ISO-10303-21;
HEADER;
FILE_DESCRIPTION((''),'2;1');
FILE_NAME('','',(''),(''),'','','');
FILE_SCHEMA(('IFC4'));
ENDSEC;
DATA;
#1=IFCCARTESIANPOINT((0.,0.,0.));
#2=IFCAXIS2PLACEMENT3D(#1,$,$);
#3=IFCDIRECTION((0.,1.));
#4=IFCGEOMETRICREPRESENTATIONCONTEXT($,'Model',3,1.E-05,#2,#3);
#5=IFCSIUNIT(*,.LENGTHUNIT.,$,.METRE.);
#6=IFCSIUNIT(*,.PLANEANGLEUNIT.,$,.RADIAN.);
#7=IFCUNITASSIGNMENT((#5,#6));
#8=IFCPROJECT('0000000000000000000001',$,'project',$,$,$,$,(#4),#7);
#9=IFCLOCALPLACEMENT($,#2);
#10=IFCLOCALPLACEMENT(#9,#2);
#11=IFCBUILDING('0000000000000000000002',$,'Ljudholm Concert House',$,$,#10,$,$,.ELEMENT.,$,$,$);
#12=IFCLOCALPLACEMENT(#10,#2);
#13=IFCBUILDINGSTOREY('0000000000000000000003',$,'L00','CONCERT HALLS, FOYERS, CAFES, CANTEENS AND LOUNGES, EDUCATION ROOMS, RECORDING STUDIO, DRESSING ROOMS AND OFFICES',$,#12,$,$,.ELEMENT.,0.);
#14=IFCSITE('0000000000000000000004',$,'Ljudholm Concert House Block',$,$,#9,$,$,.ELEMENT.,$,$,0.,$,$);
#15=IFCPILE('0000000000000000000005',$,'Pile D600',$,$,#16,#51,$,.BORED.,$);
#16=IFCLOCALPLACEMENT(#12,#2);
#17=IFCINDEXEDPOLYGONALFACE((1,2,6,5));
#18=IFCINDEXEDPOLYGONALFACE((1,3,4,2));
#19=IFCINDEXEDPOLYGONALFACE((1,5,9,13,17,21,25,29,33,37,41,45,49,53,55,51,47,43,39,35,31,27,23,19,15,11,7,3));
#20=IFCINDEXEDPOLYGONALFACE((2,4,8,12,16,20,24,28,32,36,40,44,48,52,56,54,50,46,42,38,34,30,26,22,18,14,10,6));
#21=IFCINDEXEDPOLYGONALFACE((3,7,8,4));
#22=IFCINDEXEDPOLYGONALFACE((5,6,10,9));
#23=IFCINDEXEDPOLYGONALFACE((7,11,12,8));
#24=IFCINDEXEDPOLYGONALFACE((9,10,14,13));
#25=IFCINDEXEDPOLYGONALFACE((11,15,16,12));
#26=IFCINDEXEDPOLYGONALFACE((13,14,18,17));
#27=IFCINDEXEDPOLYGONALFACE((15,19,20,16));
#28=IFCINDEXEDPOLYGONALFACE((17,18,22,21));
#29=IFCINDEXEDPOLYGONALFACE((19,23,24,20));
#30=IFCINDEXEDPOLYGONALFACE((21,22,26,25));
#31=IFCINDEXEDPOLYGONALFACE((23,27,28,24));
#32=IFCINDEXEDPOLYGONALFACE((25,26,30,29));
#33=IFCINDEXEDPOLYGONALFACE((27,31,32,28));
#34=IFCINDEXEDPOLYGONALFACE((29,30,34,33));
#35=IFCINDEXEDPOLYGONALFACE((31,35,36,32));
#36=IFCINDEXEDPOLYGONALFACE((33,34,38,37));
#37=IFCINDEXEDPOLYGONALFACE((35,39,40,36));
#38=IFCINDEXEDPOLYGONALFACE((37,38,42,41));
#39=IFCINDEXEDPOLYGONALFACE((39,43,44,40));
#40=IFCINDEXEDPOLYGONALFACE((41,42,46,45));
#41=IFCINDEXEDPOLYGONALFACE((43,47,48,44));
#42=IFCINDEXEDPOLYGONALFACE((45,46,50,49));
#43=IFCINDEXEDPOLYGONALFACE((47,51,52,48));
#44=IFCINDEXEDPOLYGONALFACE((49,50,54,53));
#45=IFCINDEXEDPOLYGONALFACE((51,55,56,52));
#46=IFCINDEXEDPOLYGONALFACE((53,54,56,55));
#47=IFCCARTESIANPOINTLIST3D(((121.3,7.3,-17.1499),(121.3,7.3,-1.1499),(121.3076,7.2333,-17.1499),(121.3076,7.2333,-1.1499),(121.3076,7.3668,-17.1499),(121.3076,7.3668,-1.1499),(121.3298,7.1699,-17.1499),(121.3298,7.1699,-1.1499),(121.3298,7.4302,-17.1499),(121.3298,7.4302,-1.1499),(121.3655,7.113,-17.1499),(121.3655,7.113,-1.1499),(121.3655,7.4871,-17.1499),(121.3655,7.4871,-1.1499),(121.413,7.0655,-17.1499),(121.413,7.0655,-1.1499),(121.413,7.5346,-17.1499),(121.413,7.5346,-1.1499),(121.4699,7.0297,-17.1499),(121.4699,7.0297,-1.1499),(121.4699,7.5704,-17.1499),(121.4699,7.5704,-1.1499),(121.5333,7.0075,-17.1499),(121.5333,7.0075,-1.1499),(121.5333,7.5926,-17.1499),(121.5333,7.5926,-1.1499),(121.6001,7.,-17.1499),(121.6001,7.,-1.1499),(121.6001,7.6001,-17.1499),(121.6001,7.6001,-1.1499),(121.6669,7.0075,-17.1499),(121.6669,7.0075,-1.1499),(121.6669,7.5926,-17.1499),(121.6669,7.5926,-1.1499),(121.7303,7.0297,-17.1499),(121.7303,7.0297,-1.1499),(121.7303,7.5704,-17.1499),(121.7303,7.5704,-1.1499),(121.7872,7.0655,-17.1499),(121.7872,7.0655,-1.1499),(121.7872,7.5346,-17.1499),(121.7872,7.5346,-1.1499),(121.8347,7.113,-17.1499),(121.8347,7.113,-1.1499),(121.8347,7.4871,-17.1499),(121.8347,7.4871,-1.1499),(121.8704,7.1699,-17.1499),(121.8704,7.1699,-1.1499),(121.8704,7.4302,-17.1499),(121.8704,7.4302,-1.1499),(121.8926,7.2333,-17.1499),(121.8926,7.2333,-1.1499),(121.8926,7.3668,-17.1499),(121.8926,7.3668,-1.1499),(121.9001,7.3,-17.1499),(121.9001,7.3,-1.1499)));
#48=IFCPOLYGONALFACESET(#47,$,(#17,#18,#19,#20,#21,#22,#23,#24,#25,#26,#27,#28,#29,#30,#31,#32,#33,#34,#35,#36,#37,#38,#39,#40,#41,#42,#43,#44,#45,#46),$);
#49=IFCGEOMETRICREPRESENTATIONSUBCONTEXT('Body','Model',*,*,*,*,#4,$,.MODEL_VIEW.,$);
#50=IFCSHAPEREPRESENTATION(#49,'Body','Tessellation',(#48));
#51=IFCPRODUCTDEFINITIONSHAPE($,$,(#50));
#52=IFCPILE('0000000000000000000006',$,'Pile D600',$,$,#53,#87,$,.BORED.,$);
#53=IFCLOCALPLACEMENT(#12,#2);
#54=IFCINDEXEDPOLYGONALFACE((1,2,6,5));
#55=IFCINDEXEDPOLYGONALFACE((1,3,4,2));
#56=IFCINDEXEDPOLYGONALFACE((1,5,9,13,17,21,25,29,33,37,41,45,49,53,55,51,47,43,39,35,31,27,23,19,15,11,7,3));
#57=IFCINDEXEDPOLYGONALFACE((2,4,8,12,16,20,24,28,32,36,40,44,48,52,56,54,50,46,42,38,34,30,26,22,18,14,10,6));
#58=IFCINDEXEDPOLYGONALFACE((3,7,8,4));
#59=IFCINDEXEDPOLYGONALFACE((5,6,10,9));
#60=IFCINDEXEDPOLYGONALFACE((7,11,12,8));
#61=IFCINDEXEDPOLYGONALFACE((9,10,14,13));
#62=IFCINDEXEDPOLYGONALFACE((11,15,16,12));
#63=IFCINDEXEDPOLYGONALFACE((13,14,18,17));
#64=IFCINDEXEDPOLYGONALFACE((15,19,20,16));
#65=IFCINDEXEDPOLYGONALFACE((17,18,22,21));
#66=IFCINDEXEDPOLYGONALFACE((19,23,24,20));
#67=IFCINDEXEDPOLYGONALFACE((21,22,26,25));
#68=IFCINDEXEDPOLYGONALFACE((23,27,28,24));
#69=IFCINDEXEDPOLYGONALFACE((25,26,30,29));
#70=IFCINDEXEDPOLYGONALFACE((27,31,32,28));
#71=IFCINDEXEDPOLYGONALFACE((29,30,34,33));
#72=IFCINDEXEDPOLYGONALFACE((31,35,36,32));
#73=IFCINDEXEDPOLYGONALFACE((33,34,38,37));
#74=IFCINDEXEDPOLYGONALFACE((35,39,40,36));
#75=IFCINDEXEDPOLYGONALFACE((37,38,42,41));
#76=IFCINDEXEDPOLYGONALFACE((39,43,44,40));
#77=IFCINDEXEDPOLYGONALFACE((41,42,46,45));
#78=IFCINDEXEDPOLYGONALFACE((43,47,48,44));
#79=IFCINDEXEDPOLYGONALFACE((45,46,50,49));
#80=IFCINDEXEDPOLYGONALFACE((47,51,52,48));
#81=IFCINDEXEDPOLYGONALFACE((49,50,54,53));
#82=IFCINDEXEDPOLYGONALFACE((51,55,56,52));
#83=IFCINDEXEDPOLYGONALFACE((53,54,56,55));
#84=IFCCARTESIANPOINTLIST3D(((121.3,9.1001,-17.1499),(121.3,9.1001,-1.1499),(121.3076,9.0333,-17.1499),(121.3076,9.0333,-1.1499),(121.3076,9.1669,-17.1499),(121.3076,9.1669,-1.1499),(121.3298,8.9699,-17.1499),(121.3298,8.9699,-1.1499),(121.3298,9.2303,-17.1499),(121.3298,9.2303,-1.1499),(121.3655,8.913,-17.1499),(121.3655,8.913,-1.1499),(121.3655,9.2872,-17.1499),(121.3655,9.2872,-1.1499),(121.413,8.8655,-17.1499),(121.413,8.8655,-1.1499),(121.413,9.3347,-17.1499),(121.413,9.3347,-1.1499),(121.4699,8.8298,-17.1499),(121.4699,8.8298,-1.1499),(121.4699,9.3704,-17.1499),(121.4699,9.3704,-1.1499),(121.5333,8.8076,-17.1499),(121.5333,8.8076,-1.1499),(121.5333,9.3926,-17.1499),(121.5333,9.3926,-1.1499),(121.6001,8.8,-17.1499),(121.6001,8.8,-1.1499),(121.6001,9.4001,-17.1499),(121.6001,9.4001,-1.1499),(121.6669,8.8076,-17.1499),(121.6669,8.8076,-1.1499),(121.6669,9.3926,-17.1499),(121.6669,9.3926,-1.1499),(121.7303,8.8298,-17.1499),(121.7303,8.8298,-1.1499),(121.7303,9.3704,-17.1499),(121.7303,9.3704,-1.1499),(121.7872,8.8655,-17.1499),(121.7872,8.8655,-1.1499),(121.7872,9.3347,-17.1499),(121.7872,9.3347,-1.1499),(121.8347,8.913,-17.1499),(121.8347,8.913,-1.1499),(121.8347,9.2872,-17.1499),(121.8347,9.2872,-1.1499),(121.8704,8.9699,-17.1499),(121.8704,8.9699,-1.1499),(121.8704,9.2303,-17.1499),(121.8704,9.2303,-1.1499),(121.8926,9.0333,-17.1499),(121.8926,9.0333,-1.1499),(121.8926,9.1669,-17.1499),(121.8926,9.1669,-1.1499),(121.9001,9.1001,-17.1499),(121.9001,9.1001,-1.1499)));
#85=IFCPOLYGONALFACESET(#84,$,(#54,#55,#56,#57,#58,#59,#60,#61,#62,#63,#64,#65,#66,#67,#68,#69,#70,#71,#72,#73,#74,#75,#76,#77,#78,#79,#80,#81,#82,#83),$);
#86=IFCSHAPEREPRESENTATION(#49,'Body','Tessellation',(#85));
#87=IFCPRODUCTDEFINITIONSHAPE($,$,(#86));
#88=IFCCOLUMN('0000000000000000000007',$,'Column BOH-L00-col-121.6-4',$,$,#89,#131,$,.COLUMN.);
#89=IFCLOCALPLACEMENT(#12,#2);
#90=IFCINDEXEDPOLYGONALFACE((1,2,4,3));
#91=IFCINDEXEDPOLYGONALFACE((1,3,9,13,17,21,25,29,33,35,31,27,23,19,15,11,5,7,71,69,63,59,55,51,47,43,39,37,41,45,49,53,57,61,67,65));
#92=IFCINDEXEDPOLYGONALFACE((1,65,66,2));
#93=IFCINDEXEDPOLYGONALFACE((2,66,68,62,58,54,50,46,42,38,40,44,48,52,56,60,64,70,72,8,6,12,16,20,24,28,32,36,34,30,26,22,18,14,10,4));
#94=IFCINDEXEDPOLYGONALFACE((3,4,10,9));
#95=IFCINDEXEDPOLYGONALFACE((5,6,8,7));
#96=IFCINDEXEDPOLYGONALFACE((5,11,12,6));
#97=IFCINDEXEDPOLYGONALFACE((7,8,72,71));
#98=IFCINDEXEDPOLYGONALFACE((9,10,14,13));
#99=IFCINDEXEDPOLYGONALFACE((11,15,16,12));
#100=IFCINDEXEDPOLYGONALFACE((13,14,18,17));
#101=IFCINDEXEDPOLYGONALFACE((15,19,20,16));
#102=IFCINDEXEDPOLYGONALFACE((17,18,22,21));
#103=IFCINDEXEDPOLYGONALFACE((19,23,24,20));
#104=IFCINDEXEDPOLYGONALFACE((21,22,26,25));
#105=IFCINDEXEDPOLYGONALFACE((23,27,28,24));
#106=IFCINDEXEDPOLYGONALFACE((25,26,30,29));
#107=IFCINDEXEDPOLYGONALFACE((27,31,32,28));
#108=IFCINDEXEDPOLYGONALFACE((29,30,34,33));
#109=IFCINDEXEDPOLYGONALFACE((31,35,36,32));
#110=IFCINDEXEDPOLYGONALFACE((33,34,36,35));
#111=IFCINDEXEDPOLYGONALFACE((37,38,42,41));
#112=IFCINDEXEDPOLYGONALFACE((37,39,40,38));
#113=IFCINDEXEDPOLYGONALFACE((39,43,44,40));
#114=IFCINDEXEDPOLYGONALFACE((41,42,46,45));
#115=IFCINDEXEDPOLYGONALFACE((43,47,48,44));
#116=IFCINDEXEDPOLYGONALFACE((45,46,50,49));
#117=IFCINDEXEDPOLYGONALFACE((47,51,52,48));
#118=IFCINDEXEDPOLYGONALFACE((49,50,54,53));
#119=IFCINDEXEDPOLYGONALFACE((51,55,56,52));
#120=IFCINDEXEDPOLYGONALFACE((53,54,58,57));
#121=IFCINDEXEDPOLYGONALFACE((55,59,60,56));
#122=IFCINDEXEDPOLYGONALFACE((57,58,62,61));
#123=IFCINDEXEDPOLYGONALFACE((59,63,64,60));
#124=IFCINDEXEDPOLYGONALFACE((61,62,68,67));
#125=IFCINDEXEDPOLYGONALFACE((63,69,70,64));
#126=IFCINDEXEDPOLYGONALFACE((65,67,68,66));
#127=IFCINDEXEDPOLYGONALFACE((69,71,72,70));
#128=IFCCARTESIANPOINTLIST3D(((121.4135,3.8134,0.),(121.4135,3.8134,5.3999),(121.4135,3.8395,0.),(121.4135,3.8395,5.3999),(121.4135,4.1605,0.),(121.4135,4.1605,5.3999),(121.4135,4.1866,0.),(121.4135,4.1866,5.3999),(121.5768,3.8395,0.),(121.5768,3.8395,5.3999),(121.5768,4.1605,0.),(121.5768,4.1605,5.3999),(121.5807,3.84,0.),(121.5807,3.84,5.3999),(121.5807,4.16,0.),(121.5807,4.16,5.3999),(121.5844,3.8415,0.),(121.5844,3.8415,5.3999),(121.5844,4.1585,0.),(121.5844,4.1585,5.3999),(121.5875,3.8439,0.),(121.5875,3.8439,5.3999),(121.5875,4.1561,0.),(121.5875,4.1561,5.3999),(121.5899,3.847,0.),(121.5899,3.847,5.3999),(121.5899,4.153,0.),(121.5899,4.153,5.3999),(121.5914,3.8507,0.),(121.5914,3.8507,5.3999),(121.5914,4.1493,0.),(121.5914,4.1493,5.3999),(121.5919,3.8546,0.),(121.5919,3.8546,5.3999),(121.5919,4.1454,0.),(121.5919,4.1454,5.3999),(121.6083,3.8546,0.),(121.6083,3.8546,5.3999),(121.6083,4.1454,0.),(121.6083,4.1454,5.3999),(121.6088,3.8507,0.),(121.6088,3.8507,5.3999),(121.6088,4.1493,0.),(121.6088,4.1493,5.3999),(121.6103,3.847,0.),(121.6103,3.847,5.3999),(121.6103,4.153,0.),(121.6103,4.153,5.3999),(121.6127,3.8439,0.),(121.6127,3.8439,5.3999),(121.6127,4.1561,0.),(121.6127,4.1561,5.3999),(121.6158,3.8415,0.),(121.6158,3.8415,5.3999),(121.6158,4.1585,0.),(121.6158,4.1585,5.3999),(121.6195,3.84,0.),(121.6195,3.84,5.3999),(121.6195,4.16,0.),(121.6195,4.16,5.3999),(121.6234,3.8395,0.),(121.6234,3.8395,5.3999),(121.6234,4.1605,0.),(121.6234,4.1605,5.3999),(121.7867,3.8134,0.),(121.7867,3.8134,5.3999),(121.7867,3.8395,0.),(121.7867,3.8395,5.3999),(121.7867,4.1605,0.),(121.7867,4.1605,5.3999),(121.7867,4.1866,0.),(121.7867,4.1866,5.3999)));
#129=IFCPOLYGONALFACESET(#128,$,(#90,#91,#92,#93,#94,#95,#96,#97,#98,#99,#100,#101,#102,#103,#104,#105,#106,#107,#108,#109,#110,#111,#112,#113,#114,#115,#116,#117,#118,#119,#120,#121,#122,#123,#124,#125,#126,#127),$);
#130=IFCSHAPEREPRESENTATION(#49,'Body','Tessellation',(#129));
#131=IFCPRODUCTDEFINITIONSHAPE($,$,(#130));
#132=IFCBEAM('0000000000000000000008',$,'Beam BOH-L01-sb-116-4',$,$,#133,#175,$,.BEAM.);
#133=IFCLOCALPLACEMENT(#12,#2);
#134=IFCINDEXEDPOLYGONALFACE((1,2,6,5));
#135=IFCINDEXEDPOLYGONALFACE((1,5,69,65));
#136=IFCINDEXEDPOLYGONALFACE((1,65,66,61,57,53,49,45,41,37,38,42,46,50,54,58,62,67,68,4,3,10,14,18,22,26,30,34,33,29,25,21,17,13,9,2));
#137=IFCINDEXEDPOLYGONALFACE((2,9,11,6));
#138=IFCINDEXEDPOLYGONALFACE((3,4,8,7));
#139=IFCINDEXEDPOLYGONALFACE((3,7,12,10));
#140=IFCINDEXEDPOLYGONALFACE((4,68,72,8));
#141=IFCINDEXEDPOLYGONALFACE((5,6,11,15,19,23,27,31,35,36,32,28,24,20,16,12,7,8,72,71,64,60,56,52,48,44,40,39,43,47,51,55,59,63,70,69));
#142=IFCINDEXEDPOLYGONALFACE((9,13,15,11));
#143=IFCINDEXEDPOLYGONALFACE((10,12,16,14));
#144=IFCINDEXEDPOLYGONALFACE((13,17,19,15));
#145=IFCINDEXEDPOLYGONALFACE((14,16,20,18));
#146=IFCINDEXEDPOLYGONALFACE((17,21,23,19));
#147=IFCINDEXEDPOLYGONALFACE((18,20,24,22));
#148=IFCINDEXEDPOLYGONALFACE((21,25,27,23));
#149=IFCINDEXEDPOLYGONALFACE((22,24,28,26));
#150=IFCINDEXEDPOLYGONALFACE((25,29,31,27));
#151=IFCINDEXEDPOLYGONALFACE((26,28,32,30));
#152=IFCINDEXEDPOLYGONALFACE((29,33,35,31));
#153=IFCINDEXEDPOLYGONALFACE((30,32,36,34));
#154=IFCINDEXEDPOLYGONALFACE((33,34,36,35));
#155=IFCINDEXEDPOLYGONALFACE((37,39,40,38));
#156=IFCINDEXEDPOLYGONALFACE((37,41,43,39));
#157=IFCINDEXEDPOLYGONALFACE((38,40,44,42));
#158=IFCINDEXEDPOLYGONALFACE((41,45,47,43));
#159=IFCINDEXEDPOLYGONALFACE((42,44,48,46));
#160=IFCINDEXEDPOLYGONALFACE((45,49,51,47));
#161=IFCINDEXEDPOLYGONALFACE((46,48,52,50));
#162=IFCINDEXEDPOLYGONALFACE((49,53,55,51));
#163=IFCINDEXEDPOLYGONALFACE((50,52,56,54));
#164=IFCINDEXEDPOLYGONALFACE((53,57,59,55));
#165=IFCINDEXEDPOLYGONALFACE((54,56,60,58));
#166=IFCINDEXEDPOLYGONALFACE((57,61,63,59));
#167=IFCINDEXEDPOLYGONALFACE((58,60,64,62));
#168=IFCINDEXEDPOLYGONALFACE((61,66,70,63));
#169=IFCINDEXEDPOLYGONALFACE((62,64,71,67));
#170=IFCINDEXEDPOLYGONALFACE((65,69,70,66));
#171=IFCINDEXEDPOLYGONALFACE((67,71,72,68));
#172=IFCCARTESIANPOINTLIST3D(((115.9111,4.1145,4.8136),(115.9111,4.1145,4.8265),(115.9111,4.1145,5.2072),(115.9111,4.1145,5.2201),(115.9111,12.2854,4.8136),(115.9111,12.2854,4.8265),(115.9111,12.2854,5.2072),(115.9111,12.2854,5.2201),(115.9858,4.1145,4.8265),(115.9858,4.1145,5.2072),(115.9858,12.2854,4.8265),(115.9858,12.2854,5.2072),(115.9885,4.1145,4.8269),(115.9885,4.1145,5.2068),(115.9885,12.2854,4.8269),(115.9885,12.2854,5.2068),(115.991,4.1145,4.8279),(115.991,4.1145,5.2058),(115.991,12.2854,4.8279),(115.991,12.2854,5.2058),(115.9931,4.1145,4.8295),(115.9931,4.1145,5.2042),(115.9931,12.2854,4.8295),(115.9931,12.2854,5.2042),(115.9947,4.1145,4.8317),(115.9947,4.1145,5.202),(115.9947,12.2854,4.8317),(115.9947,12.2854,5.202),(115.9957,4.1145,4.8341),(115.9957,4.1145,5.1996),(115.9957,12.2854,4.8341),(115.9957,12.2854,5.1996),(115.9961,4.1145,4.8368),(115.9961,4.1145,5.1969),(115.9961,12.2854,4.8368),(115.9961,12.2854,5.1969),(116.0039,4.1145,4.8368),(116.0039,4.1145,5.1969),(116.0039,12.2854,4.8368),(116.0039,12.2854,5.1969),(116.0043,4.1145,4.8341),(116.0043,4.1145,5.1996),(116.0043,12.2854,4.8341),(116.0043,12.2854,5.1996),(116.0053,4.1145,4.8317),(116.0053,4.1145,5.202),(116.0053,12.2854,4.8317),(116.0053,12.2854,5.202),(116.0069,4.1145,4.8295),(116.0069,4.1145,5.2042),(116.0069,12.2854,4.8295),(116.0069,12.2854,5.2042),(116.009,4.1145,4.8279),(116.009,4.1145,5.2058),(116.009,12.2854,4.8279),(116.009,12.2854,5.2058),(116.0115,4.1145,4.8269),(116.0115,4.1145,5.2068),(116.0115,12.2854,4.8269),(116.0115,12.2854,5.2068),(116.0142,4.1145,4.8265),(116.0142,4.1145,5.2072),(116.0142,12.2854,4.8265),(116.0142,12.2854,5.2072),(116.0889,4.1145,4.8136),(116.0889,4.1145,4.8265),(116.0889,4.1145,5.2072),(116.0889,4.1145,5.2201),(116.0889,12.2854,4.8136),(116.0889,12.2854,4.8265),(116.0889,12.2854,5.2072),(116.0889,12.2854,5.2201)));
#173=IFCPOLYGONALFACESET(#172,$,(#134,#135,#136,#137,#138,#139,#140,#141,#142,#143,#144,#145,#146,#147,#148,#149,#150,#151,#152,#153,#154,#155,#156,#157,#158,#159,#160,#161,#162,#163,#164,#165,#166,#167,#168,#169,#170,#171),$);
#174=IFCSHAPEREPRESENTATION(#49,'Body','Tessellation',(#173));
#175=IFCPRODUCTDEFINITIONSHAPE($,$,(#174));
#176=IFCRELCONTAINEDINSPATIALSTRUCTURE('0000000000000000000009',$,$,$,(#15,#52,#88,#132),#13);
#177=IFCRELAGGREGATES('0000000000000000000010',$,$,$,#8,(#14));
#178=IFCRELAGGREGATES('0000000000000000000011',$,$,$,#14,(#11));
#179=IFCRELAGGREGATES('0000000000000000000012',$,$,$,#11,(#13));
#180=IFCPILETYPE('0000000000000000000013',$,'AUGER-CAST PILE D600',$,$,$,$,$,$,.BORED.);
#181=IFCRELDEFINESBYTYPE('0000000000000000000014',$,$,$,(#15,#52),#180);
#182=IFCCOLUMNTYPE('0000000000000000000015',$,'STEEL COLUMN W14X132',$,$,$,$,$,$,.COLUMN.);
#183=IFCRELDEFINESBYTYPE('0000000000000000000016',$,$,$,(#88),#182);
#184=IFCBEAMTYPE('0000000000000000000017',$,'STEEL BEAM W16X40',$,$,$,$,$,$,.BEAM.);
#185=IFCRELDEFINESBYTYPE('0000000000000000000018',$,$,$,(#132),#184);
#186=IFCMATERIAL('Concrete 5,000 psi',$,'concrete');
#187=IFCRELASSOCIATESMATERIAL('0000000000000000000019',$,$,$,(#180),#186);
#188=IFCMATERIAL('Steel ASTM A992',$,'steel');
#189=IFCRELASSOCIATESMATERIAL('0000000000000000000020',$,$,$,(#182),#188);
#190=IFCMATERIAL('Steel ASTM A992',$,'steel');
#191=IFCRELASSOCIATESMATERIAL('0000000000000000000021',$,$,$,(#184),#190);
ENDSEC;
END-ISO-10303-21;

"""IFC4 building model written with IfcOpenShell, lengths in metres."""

from ifc_helpers import new_model, si_unit, direction, frame, origin, origin_2d, place, context, subcontext, project, spatial, circle, i_section, extrude, material, material_profile, profile_set, type_object, element, save


model = new_model("IFC4")

# Units and contexts
model_context = context("Model", 3, precision=1e-05, world=origin(), true_north=direction((0.0, 1.0)))
body_context = subcontext(model_context, "Body", "Model", "MODEL_VIEW")
ifc_project = project(units=[si_unit("LENGTHUNIT", "METRE"), si_unit("PLANEANGLEUNIT", "RADIAN")], contexts=[model_context])

# Site, building, storey
site_placement = place(None, origin())
site = spatial("IfcSite", under=ifc_project, at=site_placement, Name="Ljudholm Concert House Block", CompositionType="ELEMENT", RefElevation=0.0)
building_placement = place(site_placement, origin())
building = spatial("IfcBuilding", under=site, at=building_placement, Name="Ljudholm Concert House", CompositionType="ELEMENT")
storey_placement = place(building_placement, origin())
storey = spatial("IfcBuildingStorey", under=building, at=storey_placement, Name="L00", Description="CONCERT HALLS, FOYERS, CAFES, CANTEENS AND LOUNGES, EDUCATION ROOMS, RECORDING STUDIO, DRESSING ROOMS AND OFFICES", CompositionType="ELEMENT", Elevation=0.0)

# Piles
ifc_material_1 = material(Name="Concrete 5,000 psi", Category="concrete")
ifc_material_profile_1 = material_profile(ifc_material_1, circle(Radius=0.3, at=origin_2d()), Name="AUGER-CAST PILE D600")
ifc_profile_set_1 = profile_set([ifc_material_profile_1], Name="Concrete 5,000 psi")
pile_type = type_object("IfcPileType", Name="AUGER-CAST PILE D600", PredefinedType="BORED", material=ifc_profile_set_1)
for number, where, z_axis, x_axis, name in (
    (1, (121.6001, 7.3, -1.1499), (0.0, 0.0, -1.0), (1.0, 0.0, 0.0), "Pile D600"),
    (2, (121.6001, 9.1001, -1.1499), (0.0, 0.0, -1.0), (1.0, 0.0, 0.0), "Pile D600"),
):
    element("IfcPile", number, at=place(storey_placement, frame(where, z_axis=z_axis, x_axis=x_axis)), inside=storey, type_object=pile_type, Name=name, PredefinedType="BORED", context=body_context, shape_type="SweptSolid", body=[
        extrude(circle(Radius=0.3, at=origin_2d()), origin(), (0.0, 0.0, 1.0), 16.0),
    ])

# Column
ifc_material_2 = material(Name="Steel ASTM A992", Category="steel")
ifc_material_profile_2 = material_profile(ifc_material_2, i_section(OverallWidth=0.3733, OverallDepth=0.3733, WebThickness=0.0164, FlangeThickness=0.0261, FilletRadius=0.0151, at=origin_2d()), Name="W14X132")
ifc_profile_set_2 = profile_set([ifc_material_profile_2], Name="Steel ASTM A992")
column_type = type_object("IfcColumnType", Name="STEEL COLUMN W14X132", PredefinedType="COLUMN", material=ifc_profile_set_2)
column_placement = place(storey_placement, frame((121.6001, 4.0, 0.0), z_axis=(0.0, 0.0, 1.0), x_axis=(1.0, 0.0, 0.0)))
element("IfcColumn", 3, at=column_placement, inside=storey, type_object=column_type, Name="Column BOH-L00-col-121.6-4", PredefinedType="COLUMN", context=body_context, shape_type="SweptSolid", body=[
    extrude(i_section(OverallWidth=0.3733, OverallDepth=0.3733, WebThickness=0.0164, FlangeThickness=0.0261, FilletRadius=0.0151, at=origin_2d()), origin(), (0.0, 0.0, 1.0), 5.3999),
])

# Beam
ifc_material_3 = material(Name="Steel ASTM A992", Category="steel")
ifc_material_profile_3 = material_profile(ifc_material_3, i_section(OverallWidth=0.1777, OverallDepth=0.4065, WebThickness=0.0078, FlangeThickness=0.0129, FilletRadius=0.0103, at=origin_2d()), Name="W16X40")
ifc_profile_set_3 = profile_set([ifc_material_profile_3], Name="Steel ASTM A992")
beam_type_1 = type_object("IfcBeamType", Name="STEEL BEAM W16X40", PredefinedType="BEAM", material=ifc_profile_set_3)
beam_1_placement = place(storey_placement, frame((116.0, 4.1145, 5.0168), z_axis=(0.0, 1.0, 0.0), x_axis=(-1.0, 0.0, 0.0)))
element("IfcBeam", 4, at=beam_1_placement, inside=storey, type_object=beam_type_1, Name="Beam BOH-L01-sb-116-4", PredefinedType="BEAM", context=body_context, shape_type="SweptSolid", body=[
    extrude(i_section(OverallWidth=0.1777, OverallDepth=0.4065, WebThickness=0.0078, FlangeThickness=0.0129, FilletRadius=0.0103, at=origin_2d()), origin(), (0.0, 0.0, 1.0), 8.1709),
])

save(model, "model.ifc")
